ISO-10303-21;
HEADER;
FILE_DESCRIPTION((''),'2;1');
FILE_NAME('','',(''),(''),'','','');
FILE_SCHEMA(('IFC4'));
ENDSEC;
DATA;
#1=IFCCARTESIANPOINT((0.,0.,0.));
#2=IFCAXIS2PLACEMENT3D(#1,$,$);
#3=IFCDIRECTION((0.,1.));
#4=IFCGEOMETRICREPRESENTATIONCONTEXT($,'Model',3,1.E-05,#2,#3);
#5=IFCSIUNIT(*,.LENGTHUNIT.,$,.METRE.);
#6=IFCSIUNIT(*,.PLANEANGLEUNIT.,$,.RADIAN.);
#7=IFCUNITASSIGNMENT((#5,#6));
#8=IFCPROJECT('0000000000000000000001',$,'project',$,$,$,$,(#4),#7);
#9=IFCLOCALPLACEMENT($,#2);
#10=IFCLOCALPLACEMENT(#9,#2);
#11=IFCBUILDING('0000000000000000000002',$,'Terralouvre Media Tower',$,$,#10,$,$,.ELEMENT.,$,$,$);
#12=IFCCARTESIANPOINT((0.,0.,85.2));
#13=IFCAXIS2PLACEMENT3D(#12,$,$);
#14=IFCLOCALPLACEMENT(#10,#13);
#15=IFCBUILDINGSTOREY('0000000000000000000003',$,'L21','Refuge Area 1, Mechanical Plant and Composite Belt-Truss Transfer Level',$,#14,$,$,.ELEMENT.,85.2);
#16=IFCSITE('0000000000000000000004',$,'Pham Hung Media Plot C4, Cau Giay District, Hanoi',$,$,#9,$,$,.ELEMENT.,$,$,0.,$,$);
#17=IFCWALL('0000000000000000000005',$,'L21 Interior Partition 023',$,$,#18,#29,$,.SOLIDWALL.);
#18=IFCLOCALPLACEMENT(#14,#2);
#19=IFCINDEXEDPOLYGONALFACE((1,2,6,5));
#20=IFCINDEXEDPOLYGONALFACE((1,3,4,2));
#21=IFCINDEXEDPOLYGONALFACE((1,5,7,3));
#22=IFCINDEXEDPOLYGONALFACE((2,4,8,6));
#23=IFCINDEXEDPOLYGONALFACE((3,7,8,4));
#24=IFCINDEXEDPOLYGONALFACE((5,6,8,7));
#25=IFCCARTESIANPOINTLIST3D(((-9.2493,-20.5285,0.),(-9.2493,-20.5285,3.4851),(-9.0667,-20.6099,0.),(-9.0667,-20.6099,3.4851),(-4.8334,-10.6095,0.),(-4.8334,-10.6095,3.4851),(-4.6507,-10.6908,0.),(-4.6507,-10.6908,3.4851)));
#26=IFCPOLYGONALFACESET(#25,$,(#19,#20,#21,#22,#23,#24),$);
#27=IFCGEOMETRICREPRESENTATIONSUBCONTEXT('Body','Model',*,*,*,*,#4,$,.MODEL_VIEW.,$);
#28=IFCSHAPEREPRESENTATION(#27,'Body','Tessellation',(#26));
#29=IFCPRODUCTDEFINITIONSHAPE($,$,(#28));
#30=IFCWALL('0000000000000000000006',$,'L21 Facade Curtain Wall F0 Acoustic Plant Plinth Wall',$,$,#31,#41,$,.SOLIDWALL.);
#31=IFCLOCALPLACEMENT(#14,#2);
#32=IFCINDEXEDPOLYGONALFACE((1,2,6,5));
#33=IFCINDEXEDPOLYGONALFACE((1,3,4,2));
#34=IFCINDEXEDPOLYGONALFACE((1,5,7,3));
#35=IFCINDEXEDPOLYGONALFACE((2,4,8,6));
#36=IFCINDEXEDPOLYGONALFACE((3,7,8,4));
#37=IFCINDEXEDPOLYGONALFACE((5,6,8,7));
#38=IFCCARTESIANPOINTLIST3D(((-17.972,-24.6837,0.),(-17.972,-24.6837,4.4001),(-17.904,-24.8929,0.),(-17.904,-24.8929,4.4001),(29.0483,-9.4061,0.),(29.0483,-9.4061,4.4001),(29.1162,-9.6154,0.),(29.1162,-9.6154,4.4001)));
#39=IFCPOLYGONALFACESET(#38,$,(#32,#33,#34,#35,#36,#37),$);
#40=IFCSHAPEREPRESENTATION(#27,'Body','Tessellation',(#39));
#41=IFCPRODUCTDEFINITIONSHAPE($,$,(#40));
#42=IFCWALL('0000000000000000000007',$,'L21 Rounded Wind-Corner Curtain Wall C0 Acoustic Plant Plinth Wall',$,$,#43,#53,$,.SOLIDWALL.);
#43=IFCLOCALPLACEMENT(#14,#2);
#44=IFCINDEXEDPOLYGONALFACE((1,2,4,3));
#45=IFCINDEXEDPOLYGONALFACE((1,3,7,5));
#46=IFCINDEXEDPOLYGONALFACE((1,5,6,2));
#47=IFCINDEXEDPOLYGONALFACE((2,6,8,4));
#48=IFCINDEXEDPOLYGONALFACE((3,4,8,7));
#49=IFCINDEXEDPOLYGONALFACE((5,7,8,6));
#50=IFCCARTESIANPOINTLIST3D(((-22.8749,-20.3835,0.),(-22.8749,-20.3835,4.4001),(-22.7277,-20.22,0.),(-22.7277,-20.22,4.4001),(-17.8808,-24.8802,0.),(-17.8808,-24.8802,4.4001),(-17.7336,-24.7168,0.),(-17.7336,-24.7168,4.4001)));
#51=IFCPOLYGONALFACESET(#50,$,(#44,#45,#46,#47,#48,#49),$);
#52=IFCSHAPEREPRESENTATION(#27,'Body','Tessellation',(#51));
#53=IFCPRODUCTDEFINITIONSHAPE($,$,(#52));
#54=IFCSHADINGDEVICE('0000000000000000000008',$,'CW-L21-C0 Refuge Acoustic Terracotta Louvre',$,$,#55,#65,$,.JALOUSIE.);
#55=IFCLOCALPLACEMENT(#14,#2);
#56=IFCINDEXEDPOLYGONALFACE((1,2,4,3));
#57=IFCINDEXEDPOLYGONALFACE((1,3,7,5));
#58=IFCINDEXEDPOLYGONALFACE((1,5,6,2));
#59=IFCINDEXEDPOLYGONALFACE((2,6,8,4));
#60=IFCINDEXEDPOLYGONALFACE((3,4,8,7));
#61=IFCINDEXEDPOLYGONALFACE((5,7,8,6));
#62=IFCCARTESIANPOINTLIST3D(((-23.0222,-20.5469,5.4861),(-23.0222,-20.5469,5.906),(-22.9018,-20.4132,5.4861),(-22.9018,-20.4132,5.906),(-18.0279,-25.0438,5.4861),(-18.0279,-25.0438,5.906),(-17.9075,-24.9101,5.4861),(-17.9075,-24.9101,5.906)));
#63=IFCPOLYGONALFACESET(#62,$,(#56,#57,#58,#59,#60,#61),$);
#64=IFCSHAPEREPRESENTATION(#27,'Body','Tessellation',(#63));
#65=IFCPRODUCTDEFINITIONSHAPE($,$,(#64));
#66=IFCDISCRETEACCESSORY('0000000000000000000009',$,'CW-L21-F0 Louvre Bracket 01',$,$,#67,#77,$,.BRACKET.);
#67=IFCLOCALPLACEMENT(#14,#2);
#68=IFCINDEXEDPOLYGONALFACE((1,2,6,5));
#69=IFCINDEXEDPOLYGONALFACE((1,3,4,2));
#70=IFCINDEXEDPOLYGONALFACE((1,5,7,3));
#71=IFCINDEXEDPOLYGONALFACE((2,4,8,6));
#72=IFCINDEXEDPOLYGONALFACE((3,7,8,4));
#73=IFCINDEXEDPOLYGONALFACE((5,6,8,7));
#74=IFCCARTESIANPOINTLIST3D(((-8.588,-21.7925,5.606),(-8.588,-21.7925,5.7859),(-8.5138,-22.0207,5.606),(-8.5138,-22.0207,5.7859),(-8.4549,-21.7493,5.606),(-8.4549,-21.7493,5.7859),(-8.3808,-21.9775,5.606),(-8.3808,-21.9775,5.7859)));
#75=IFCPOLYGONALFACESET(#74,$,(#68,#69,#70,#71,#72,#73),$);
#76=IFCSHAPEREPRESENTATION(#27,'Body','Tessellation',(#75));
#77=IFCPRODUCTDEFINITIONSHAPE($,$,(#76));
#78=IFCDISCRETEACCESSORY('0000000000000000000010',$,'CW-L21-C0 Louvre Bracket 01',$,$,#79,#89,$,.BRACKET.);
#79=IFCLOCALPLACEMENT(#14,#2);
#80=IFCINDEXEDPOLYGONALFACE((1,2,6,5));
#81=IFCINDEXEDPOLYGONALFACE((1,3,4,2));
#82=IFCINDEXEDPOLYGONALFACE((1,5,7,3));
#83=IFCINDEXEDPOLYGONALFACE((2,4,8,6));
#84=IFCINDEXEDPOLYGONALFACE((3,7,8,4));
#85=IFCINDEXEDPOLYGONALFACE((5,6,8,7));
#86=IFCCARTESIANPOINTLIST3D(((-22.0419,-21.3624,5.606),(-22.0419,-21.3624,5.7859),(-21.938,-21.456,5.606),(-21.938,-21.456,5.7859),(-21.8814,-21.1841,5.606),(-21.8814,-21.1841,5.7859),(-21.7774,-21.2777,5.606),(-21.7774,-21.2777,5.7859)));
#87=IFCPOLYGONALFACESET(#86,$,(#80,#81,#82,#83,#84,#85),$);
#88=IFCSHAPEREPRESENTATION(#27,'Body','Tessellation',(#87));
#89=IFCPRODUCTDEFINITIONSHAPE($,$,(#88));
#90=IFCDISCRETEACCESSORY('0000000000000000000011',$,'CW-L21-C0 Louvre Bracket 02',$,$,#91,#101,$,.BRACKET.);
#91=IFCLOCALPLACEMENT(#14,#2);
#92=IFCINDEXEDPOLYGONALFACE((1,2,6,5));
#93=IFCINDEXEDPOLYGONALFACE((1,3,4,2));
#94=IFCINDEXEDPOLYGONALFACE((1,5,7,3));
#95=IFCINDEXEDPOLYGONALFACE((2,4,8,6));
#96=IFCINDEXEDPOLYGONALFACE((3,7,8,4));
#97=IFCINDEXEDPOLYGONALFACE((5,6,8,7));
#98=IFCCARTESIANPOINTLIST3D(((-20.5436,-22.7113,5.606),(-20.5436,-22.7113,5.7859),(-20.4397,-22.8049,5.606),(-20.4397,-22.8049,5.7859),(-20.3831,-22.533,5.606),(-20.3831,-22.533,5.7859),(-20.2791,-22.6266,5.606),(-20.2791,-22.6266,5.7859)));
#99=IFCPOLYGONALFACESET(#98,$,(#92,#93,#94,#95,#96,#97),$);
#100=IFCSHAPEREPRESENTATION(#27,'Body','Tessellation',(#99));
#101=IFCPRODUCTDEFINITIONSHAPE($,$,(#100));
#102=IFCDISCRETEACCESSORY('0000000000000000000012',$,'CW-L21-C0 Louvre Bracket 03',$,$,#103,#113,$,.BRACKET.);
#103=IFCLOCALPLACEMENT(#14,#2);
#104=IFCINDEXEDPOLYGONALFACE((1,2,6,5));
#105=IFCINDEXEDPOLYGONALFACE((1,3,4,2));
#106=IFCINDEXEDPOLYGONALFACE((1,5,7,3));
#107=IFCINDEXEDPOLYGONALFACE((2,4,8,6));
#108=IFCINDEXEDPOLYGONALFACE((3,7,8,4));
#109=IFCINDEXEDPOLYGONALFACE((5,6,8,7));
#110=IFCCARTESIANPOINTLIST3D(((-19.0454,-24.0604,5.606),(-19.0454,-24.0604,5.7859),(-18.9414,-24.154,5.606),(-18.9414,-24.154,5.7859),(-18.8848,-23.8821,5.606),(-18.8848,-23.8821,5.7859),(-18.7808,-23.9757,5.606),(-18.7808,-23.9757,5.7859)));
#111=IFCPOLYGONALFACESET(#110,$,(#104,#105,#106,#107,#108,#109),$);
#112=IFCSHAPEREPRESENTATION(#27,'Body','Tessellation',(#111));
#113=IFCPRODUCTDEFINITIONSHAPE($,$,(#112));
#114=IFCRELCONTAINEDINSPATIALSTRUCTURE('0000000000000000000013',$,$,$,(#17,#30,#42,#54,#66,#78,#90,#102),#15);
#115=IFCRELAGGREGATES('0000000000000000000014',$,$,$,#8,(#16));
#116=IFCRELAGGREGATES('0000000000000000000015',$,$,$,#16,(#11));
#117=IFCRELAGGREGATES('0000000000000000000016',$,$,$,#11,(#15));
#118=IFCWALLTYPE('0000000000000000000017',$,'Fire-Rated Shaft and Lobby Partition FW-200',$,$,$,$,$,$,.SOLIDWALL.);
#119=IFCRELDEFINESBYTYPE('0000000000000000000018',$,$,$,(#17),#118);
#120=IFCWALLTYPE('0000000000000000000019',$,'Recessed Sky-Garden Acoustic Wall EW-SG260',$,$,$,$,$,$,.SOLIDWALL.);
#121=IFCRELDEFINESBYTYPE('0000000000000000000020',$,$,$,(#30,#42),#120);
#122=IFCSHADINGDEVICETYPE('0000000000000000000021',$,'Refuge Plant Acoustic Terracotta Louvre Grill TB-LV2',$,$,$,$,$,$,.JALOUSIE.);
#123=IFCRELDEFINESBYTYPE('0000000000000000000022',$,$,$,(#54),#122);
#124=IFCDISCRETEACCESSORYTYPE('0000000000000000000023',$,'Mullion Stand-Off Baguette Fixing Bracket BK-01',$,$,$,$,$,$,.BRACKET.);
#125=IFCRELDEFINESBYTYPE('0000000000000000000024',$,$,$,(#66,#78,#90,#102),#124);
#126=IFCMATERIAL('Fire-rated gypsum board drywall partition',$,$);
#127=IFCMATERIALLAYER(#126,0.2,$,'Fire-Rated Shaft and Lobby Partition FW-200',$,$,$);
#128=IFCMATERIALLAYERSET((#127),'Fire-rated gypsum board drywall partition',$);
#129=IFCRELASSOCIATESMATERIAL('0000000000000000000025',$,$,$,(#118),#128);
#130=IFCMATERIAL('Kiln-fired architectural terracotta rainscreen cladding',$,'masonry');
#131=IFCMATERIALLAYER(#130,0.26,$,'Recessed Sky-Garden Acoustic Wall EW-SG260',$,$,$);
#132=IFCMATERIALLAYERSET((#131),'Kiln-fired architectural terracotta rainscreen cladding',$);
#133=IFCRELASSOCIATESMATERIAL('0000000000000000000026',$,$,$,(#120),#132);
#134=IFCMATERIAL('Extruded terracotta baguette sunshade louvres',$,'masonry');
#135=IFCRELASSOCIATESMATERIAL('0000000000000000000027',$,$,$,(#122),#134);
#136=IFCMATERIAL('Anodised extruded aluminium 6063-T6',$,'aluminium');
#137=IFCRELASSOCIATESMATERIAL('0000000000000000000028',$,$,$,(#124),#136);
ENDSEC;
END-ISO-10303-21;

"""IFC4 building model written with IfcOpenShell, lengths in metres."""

from ifc_helpers import new_model, si_unit, direction, frame, frame_2d, origin, origin_2d, place, context, subcontext, project, spatial, rectangle, extrude, material, layer, layer_set, type_object, element, save


model = new_model("IFC4")

# Units and contexts
model_context = context("Model", 3, precision=1e-05, world=origin(), true_north=direction((0.0, 1.0)))
body_context = subcontext(model_context, "Body", "Model", "MODEL_VIEW")
ifc_project = project(units=[si_unit("LENGTHUNIT", "METRE"), si_unit("PLANEANGLEUNIT", "RADIAN")], contexts=[model_context])

# Site, building, storey
site_placement = place(None, origin())
site = spatial("IfcSite", under=ifc_project, at=site_placement, Name="Pham Hung Media Plot C4, Cau Giay District, Hanoi", CompositionType="ELEMENT", RefElevation=0.0)
building_placement = place(site_placement, origin())
building = spatial("IfcBuilding", under=site, at=building_placement, Name="Terralouvre Media Tower", CompositionType="ELEMENT")
storey_placement = place(building_placement, frame((0.0, 0.0, 85.2)))
storey = spatial("IfcBuildingStorey", under=building, at=storey_placement, Name="L21", Description="Refuge Area 1, Mechanical Plant and Composite Belt-Truss Transfer Level", CompositionType="ELEMENT", Elevation=85.2)

# Walls
ifc_material_1 = material(Name="Fire-rated gypsum board drywall partition")
ifc_layer_1 = layer(ifc_material_1, 0.2, Name="Fire-Rated Shaft and Lobby Partition FW-200")
ifc_layer_set_1 = layer_set([ifc_layer_1], Name="Fire-rated gypsum board drywall partition")
wall_type_1 = type_object("IfcWallType", Name="Fire-Rated Shaft and Lobby Partition FW-200", PredefinedType="SOLIDWALL", material=ifc_layer_set_1)
wall_1_placement = place(storey_placement, frame((-9.158, -20.5691, 0.0), z_axis=(0.0, 0.0, 1.0), x_axis=(0.406714, 0.913555, 0.0)))
element("IfcWall", 1, at=wall_1_placement, inside=storey, type_object=wall_type_1, Name="L21 Interior Partition 023", PredefinedType="SOLIDWALL", context=body_context, shape_type="SweptSolid", body=[
    extrude(rectangle(XDim=10.8577, YDim=0.2, at=frame_2d((5.4287, 0.0))), origin(), (0.0, 0.0, 1.0), 3.4851),
])
ifc_material_2 = material(Name="Kiln-fired architectural terracotta rainscreen cladding", Category="masonry")
ifc_layer_2 = layer(ifc_material_2, 0.26, Name="Recessed Sky-Garden Acoustic Wall EW-SG260")
ifc_layer_set_2 = layer_set([ifc_layer_2], Name="Kiln-fired architectural terracotta rainscreen cladding")
wall_type_2 = type_object("IfcWallType", Name="Recessed Sky-Garden Acoustic Wall EW-SG260", PredefinedType="SOLIDWALL", material=ifc_layer_set_2)
wall_2_placement = place(storey_placement, frame((-17.938, -24.7883, 0.0), z_axis=(0.0, 0.0, 1.0), x_axis=(0.951058, 0.309013, 0.0)))
element("IfcWall", 2, at=wall_2_placement, inside=storey, type_object=wall_type_2, Name="L21 Facade Curtain Wall F0 Acoustic Plant Plinth Wall", PredefinedType="SOLIDWALL", context=body_context, shape_type="SweptSolid", body=[
    extrude(rectangle(XDim=49.4399, YDim=0.22, at=frame_2d((24.72, 0.0))), origin(), (0.0, 0.0, 1.0), 4.4001),
])
wall_3_placement = place(storey_placement, frame((-22.8013, -20.3018, 0.0), z_axis=(0.0, 0.0, 1.0), x_axis=(0.743139, -0.669137, 0.0)))
element("IfcWall", 3, at=wall_3_placement, inside=storey, type_object=wall_type_2, Name="L21 Rounded Wind-Corner Curtain Wall C0 Acoustic Plant Plinth Wall", PredefinedType="SOLIDWALL", context=body_context, shape_type="SweptSolid", body=[
    extrude(rectangle(XDim=6.7202, YDim=0.22, at=frame_2d((3.3601, 0.0))), origin(), (0.0, 0.0, 1.0), 4.4001),
])

# Shading device
ifc_material_3 = material(Name="Extruded terracotta baguette sunshade louvres", Category="masonry")
shading_device_type = type_object("IfcShadingDeviceType", Name="Refuge Plant Acoustic Terracotta Louvre Grill TB-LV2", PredefinedType="JALOUSIE", material=ifc_material_3)
shading_device_placement = place(storey_placement, frame((-20.4648, -22.7285, 5.4861), z_axis=(0.0, 0.0, 1.0), x_axis=(0.743145, -0.669131, 0.0)))
element("IfcShadingDevice", 4, at=shading_device_placement, inside=storey, type_object=shading_device_type, Name="CW-L21-C0 Refuge Acoustic Terracotta Louvre", PredefinedType="JALOUSIE", context=body_context, shape_type="SweptSolid", body=[
    extrude(rectangle(XDim=6.7205, YDim=0.1799, at=origin_2d()), origin(), (0.0, 0.0, 1.0), 0.4199),
])

# Discrete accessories
ifc_material_4 = material(Name="Anodised extruded aluminium 6063-T6", Category="aluminium")
discrete_accessory_type = type_object("IfcDiscreteAccessoryType", Name="Mullion Stand-Off Baguette Fixing Bracket BK-01", PredefinedType="BRACKET", material=ifc_material_4)
for number, where, z_axis, x_axis, name in (
    (5, (-8.4844, -21.885, 5.606), (0.0, 0.0, 1.0), (0.951057, 0.309017, 0.0), "CW-L21-F0 Louvre Bracket 01"),
    (6, (-21.9097, -21.3201, 5.606), (0.0, 0.0, 1.0), (0.743145, -0.669131, 0.0), "CW-L21-C0 Louvre Bracket 01"),
    (7, (-20.4114, -22.6689, 5.606), (0.0, 0.0, 1.0), (0.743145, -0.669131, 0.0), "CW-L21-C0 Louvre Bracket 02"),
    (8, (-18.9131, -24.0181, 5.606), (0.0, 0.0, 1.0), (0.743145, -0.669131, 0.0), "CW-L21-C0 Louvre Bracket 03"),
):
    element("IfcDiscreteAccessory", number, at=place(storey_placement, frame(where, z_axis=z_axis, x_axis=x_axis)), inside=storey, type_object=discrete_accessory_type, Name=name, PredefinedType="BRACKET", context=body_context, shape_type="SweptSolid", body=[
        extrude(rectangle(XDim=0.1399, YDim=0.24, at=origin_2d()), origin(), (0.0, 0.0, 1.0), 0.1799),
    ])

save(model, "model.ifc")
